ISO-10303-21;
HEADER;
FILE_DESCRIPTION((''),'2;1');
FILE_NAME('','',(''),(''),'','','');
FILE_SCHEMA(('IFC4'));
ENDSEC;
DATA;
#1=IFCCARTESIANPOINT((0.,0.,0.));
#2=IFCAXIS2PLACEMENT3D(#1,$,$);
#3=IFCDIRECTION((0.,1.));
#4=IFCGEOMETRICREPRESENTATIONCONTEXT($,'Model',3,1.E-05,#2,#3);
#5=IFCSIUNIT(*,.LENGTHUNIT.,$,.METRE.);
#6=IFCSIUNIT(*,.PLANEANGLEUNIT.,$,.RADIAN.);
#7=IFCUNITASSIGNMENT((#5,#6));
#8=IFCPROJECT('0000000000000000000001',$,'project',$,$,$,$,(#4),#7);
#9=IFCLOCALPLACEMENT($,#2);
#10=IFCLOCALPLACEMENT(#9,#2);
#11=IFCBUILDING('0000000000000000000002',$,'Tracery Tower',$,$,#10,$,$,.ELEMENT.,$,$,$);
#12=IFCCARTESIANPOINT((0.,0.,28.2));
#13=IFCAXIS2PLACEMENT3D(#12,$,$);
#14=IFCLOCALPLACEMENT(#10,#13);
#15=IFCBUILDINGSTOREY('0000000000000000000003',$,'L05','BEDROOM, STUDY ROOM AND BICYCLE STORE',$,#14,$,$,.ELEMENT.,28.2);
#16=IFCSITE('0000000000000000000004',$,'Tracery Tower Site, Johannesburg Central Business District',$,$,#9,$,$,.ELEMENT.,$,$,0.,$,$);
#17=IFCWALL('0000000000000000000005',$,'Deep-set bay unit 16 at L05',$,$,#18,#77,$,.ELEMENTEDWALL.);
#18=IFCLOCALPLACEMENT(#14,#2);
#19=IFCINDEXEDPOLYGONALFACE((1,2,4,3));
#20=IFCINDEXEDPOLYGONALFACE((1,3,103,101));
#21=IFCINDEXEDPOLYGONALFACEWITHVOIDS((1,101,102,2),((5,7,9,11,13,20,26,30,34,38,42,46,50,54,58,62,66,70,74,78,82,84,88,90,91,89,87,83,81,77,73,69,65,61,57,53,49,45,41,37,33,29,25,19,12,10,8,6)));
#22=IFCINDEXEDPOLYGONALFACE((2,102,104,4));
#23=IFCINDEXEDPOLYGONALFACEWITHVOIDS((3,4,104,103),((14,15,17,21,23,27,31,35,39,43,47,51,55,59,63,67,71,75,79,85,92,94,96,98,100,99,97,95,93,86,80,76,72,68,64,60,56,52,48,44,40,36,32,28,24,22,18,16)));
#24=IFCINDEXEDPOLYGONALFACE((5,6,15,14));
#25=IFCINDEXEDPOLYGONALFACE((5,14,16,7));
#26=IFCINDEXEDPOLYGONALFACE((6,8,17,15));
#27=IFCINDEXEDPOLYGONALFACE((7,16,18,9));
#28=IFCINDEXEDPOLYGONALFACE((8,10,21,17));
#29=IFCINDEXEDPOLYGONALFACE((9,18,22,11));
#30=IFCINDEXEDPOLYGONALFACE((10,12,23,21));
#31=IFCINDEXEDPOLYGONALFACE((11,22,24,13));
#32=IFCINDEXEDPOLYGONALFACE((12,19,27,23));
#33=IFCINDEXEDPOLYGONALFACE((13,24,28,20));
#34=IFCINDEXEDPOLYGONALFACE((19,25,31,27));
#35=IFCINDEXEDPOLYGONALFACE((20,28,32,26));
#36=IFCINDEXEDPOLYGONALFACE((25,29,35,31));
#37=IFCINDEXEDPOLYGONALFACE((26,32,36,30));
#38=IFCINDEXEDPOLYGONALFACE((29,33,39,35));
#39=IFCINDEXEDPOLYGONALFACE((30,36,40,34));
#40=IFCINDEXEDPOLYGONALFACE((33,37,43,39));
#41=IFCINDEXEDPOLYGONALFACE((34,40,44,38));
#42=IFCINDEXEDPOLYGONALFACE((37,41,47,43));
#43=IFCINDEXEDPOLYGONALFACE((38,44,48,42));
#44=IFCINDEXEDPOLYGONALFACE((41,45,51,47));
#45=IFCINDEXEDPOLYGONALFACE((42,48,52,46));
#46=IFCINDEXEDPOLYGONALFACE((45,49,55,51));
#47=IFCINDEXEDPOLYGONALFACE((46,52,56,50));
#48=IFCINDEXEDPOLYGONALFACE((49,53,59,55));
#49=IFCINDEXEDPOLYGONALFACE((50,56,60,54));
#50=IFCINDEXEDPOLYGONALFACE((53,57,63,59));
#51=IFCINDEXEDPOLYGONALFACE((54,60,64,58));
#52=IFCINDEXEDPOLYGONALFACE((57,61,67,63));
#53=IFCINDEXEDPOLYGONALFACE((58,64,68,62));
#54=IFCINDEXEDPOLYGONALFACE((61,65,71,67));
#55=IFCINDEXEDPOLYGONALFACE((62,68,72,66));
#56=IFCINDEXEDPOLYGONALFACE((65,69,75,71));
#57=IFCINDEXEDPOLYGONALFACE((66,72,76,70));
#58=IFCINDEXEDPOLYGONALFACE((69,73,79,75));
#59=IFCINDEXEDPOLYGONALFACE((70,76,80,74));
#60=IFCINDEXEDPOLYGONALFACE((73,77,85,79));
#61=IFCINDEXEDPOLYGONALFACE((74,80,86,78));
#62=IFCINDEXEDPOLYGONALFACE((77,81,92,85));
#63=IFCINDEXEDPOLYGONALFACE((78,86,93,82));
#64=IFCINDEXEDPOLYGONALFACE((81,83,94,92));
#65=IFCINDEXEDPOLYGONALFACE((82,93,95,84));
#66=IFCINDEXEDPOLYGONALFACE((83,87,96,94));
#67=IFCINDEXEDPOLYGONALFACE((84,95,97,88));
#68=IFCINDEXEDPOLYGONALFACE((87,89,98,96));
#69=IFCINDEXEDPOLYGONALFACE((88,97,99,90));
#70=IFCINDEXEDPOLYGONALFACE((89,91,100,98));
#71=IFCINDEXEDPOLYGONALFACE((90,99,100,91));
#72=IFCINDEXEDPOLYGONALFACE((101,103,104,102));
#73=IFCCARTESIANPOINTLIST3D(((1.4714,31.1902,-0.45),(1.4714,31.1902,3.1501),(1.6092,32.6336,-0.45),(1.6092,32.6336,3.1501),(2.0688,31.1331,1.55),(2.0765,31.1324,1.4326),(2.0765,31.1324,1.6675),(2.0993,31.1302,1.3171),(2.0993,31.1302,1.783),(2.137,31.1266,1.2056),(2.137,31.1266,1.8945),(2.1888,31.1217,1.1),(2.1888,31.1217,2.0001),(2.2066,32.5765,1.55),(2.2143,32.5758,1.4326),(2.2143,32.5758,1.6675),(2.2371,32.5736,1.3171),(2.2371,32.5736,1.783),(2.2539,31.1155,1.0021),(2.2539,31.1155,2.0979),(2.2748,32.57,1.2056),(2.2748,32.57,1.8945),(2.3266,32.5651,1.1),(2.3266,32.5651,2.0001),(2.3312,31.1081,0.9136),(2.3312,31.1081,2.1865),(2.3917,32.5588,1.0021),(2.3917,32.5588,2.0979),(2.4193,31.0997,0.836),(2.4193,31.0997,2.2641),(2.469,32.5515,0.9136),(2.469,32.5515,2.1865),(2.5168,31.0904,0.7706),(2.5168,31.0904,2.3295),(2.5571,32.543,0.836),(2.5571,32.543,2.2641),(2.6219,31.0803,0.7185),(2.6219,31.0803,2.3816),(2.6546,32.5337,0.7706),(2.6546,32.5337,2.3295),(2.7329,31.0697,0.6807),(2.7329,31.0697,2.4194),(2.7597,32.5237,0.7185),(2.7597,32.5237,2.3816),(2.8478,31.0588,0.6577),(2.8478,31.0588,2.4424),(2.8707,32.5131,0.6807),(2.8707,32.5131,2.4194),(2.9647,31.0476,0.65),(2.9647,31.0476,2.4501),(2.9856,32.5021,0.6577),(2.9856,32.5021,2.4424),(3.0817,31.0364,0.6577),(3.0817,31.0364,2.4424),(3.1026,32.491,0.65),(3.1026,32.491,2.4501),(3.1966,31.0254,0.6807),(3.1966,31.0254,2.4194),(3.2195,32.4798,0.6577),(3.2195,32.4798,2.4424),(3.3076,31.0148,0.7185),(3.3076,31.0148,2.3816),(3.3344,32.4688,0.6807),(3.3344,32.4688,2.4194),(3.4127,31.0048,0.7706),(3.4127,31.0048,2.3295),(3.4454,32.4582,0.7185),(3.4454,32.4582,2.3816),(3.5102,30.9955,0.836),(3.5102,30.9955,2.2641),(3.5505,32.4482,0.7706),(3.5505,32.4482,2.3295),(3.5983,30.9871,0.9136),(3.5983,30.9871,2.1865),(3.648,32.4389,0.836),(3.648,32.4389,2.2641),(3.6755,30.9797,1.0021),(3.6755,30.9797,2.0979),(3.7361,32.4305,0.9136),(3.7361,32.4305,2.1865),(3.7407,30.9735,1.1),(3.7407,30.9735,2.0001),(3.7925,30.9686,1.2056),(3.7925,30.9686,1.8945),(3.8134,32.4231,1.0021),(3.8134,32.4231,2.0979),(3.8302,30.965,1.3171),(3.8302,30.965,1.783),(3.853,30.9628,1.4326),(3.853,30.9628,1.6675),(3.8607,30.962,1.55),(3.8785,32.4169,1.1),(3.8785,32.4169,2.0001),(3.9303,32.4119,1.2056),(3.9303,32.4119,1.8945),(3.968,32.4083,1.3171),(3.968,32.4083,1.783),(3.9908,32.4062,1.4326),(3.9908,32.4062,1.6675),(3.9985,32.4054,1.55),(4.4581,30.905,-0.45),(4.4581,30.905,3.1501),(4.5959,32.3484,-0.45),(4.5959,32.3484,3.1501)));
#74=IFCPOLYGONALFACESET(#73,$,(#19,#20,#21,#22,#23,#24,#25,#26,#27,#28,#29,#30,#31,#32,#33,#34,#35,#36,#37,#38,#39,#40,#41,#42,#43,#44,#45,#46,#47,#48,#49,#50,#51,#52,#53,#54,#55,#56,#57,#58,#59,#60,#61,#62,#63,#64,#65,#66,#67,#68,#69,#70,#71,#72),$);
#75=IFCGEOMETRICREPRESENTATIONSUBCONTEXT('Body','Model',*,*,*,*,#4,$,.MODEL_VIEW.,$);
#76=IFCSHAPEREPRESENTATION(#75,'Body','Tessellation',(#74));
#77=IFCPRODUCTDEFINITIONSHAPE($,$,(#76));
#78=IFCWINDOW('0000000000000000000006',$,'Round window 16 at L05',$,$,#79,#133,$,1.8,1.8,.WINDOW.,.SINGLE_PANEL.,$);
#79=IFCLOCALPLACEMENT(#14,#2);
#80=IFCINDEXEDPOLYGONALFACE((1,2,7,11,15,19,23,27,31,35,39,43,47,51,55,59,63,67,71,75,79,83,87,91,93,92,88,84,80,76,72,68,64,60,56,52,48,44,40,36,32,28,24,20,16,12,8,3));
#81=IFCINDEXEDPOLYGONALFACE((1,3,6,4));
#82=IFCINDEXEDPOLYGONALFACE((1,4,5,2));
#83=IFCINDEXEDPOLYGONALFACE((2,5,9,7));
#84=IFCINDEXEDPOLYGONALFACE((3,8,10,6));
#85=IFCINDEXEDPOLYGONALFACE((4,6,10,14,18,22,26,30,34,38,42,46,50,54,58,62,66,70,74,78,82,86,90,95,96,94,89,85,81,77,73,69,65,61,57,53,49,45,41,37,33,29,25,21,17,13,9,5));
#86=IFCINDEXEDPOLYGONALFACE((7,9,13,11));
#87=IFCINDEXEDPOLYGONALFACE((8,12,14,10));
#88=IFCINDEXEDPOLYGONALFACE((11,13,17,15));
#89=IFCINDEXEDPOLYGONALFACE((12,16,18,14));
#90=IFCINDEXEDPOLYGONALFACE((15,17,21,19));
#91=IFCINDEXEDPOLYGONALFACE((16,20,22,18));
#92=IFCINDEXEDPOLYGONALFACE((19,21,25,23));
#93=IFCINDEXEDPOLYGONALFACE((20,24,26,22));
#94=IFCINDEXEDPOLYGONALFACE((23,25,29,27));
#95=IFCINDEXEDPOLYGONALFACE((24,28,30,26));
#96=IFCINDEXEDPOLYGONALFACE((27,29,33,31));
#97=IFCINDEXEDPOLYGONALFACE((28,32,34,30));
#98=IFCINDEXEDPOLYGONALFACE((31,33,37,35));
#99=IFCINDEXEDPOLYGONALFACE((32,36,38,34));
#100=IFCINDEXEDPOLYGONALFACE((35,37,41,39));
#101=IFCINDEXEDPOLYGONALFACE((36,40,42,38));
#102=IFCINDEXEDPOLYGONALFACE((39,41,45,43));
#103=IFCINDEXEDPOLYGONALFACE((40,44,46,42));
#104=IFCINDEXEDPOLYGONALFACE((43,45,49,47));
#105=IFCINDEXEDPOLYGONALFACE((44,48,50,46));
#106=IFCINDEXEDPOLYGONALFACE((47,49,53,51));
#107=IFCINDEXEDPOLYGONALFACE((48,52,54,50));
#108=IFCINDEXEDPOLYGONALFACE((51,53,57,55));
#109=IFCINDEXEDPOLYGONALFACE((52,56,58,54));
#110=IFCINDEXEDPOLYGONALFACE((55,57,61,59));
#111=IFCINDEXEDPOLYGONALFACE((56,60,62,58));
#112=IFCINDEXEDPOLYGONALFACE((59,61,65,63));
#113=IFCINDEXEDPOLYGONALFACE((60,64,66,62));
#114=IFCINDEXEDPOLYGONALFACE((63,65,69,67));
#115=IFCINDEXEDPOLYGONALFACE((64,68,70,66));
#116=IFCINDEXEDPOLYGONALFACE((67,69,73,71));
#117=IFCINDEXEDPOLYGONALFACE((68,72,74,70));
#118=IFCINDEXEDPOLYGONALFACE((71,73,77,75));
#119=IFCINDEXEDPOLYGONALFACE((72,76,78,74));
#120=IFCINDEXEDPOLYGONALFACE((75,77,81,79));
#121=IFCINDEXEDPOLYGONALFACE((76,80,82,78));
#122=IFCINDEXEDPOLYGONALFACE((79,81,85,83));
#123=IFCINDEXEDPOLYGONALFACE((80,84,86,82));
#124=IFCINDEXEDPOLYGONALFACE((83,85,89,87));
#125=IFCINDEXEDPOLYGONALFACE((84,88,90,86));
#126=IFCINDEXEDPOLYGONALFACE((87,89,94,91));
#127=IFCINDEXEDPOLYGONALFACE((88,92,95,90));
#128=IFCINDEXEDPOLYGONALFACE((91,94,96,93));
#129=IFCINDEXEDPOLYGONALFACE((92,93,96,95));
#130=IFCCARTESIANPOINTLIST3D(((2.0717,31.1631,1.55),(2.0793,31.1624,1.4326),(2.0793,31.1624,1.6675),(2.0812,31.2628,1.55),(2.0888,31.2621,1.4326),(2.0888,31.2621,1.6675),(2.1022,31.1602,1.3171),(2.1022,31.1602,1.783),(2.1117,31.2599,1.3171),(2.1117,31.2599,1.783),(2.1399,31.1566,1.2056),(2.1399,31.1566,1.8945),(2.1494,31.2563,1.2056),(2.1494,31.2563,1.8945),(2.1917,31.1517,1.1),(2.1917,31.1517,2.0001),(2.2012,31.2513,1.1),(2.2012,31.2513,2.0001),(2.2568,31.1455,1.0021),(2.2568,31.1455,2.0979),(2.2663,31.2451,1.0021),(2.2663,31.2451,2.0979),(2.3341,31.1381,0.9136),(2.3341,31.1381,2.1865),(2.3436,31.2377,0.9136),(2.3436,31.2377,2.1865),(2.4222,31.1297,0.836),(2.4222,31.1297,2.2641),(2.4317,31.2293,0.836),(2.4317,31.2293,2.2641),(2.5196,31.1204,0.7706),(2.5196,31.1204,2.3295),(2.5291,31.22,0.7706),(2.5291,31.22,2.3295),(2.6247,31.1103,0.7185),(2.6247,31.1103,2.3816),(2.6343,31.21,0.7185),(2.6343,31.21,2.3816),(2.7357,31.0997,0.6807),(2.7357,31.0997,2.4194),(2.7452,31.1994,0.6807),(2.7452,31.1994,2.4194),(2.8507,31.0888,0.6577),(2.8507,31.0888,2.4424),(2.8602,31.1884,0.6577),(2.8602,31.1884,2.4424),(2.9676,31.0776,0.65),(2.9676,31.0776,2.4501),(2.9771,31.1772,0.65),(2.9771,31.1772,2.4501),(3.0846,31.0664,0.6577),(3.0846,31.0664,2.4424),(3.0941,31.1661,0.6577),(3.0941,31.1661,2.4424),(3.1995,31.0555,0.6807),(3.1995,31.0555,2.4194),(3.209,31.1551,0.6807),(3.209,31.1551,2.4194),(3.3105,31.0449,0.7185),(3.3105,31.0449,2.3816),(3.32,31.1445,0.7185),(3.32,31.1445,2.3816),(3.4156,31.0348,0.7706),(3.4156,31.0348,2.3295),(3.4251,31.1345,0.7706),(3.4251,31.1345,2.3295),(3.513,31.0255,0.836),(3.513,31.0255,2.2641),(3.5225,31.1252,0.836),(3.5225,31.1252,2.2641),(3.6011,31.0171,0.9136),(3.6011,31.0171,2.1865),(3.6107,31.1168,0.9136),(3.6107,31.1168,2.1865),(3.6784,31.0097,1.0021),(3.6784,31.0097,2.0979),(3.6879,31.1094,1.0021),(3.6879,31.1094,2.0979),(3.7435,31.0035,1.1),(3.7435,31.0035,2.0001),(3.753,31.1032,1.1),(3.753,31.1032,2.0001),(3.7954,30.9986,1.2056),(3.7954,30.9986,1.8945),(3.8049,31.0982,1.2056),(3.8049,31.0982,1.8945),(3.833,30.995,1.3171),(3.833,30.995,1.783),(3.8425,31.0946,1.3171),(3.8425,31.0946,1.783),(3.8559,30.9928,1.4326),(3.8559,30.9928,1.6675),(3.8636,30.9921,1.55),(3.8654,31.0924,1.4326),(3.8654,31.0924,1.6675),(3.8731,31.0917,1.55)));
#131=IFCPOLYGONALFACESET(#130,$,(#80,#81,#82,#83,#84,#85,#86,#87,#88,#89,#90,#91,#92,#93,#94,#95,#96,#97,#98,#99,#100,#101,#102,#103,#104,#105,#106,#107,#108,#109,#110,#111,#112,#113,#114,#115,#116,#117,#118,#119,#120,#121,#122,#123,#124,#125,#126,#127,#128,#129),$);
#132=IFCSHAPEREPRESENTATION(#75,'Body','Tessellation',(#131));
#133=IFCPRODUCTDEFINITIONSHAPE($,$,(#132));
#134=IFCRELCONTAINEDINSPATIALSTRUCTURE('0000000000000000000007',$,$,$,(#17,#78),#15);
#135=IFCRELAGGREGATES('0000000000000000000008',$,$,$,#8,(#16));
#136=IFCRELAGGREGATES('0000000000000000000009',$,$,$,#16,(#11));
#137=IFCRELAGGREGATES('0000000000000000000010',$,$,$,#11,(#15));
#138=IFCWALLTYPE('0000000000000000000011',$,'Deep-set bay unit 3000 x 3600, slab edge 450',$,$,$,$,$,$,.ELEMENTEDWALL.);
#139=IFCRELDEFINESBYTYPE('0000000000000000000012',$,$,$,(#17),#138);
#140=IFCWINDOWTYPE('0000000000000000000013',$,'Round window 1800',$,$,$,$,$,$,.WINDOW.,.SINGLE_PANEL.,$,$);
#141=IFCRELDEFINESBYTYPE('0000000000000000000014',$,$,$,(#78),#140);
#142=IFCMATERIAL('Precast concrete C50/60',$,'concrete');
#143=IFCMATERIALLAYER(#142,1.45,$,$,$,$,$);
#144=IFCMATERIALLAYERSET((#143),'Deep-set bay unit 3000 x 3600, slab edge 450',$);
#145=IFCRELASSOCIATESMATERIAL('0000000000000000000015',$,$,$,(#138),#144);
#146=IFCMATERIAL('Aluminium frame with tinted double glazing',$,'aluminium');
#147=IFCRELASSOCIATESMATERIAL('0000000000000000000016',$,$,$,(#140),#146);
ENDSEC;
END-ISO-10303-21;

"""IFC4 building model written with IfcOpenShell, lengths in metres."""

from ifc_helpers import new_model, si_unit, direction, frame, frame_2d, origin, origin_2d, place, context, subcontext, project, spatial, rectangle, circle, extrude, material, layer, layer_set, type_object, element, fill, save


model = new_model("IFC4")

# Units and contexts
model_context = context("Model", 3, precision=1e-05, world=origin(), true_north=direction((0.0, 1.0)))
body_context = subcontext(model_context, "Body", "Model", "MODEL_VIEW")
ifc_project = project(units=[si_unit("LENGTHUNIT", "METRE"), si_unit("PLANEANGLEUNIT", "RADIAN")], contexts=[model_context])

# Site, building, storey
site_placement = place(None, origin())
site = spatial("IfcSite", under=ifc_project, at=site_placement, Name="Tracery Tower Site, Johannesburg Central Business District", CompositionType="ELEMENT", RefElevation=0.0)
building_placement = place(site_placement, origin())
building = spatial("IfcBuilding", under=site, at=building_placement, Name="Tracery Tower", CompositionType="ELEMENT")
storey_placement = place(building_placement, frame((0.0, 0.0, 28.2)))
storey = spatial("IfcBuildingStorey", under=building, at=storey_placement, Name="L05", Description="BEDROOM, STUDY ROOM AND BICYCLE STORE", CompositionType="ELEMENT", Elevation=28.2)

# Wall, opening, window
ifc_material_1 = material(Name="Precast concrete C50/60", Category="concrete")
ifc_layer_1 = layer(ifc_material_1, 1.45)
ifc_layer_set_1 = layer_set([ifc_layer_1], Name="Deep-set bay unit 3000 x 3600, slab edge 450")
wall_type_1 = type_object("IfcWallType", Name="Deep-set bay unit 3000 x 3600, slab edge 450", PredefinedType="ELEMENTEDWALL", material=ifc_layer_set_1)
wall_1_placement = place(storey_placement, frame((4.5269, 31.6267, -0.45), z_axis=(0.0, 0.0, 1.0), x_axis=(-0.995473, 0.095047, 0.0)))
wall_1 = element("IfcWall", 1, at=wall_1_placement, inside=storey, type_object=wall_type_1, Name="Deep-set bay unit 16 at L05", PredefinedType="ELEMENTEDWALL", context=body_context, shape_type="SweptSolid", body=[
    extrude(rectangle(XDim=3.0002, YDim=1.45, at=frame_2d((1.5, 0.0))), origin(), (0.0, 0.0, 1.0), 3.6001),
])
opening_1_placement = place(wall_1_placement, frame((1.5, 0.0, 2.0)))
opening_1 = element("IfcOpeningElement", 2, at=opening_1_placement, cuts=wall_1, PredefinedType="OPENING", context=body_context, shape_type="SweptSolid", body=[
    extrude(circle(Radius=0.9, at=origin_2d()), frame((0.0, 0.7349, 0.0), z_axis=(0.0, -1.0, 0.0), x_axis=(1.0, 0.0, 0.0)), (0.0, 0.0, 1.0), 1.47),
])
ifc_material_2 = material(Name="Aluminium frame with tinted double glazing", Category="aluminium")
window_type = type_object("IfcWindowType", Name="Round window 1800", PartitioningType="SINGLE_PANEL", PredefinedType="WINDOW", material=ifc_material_2)
window_1_placement = place(opening_1_placement, origin())
window_1 = element("IfcWindow", 3, at=window_1_placement, inside=storey, type_object=window_type, Name="Round window 16 at L05", OverallHeight=1.8, OverallWidth=1.8, PartitioningType="SINGLE_PANEL", PredefinedType="WINDOW", context=body_context, shape_type="SweptSolid", body=[
    extrude(circle(Radius=0.9, at=origin_2d()), frame((0.0, 0.6948, 0.0), z_axis=(0.0, -1.0, 0.0), x_axis=(1.0, 0.0, 0.0)), (0.0, 0.0, 1.0), 0.1001),
])
fill(opening_1, window_1)

save(model, "model.ifc")
